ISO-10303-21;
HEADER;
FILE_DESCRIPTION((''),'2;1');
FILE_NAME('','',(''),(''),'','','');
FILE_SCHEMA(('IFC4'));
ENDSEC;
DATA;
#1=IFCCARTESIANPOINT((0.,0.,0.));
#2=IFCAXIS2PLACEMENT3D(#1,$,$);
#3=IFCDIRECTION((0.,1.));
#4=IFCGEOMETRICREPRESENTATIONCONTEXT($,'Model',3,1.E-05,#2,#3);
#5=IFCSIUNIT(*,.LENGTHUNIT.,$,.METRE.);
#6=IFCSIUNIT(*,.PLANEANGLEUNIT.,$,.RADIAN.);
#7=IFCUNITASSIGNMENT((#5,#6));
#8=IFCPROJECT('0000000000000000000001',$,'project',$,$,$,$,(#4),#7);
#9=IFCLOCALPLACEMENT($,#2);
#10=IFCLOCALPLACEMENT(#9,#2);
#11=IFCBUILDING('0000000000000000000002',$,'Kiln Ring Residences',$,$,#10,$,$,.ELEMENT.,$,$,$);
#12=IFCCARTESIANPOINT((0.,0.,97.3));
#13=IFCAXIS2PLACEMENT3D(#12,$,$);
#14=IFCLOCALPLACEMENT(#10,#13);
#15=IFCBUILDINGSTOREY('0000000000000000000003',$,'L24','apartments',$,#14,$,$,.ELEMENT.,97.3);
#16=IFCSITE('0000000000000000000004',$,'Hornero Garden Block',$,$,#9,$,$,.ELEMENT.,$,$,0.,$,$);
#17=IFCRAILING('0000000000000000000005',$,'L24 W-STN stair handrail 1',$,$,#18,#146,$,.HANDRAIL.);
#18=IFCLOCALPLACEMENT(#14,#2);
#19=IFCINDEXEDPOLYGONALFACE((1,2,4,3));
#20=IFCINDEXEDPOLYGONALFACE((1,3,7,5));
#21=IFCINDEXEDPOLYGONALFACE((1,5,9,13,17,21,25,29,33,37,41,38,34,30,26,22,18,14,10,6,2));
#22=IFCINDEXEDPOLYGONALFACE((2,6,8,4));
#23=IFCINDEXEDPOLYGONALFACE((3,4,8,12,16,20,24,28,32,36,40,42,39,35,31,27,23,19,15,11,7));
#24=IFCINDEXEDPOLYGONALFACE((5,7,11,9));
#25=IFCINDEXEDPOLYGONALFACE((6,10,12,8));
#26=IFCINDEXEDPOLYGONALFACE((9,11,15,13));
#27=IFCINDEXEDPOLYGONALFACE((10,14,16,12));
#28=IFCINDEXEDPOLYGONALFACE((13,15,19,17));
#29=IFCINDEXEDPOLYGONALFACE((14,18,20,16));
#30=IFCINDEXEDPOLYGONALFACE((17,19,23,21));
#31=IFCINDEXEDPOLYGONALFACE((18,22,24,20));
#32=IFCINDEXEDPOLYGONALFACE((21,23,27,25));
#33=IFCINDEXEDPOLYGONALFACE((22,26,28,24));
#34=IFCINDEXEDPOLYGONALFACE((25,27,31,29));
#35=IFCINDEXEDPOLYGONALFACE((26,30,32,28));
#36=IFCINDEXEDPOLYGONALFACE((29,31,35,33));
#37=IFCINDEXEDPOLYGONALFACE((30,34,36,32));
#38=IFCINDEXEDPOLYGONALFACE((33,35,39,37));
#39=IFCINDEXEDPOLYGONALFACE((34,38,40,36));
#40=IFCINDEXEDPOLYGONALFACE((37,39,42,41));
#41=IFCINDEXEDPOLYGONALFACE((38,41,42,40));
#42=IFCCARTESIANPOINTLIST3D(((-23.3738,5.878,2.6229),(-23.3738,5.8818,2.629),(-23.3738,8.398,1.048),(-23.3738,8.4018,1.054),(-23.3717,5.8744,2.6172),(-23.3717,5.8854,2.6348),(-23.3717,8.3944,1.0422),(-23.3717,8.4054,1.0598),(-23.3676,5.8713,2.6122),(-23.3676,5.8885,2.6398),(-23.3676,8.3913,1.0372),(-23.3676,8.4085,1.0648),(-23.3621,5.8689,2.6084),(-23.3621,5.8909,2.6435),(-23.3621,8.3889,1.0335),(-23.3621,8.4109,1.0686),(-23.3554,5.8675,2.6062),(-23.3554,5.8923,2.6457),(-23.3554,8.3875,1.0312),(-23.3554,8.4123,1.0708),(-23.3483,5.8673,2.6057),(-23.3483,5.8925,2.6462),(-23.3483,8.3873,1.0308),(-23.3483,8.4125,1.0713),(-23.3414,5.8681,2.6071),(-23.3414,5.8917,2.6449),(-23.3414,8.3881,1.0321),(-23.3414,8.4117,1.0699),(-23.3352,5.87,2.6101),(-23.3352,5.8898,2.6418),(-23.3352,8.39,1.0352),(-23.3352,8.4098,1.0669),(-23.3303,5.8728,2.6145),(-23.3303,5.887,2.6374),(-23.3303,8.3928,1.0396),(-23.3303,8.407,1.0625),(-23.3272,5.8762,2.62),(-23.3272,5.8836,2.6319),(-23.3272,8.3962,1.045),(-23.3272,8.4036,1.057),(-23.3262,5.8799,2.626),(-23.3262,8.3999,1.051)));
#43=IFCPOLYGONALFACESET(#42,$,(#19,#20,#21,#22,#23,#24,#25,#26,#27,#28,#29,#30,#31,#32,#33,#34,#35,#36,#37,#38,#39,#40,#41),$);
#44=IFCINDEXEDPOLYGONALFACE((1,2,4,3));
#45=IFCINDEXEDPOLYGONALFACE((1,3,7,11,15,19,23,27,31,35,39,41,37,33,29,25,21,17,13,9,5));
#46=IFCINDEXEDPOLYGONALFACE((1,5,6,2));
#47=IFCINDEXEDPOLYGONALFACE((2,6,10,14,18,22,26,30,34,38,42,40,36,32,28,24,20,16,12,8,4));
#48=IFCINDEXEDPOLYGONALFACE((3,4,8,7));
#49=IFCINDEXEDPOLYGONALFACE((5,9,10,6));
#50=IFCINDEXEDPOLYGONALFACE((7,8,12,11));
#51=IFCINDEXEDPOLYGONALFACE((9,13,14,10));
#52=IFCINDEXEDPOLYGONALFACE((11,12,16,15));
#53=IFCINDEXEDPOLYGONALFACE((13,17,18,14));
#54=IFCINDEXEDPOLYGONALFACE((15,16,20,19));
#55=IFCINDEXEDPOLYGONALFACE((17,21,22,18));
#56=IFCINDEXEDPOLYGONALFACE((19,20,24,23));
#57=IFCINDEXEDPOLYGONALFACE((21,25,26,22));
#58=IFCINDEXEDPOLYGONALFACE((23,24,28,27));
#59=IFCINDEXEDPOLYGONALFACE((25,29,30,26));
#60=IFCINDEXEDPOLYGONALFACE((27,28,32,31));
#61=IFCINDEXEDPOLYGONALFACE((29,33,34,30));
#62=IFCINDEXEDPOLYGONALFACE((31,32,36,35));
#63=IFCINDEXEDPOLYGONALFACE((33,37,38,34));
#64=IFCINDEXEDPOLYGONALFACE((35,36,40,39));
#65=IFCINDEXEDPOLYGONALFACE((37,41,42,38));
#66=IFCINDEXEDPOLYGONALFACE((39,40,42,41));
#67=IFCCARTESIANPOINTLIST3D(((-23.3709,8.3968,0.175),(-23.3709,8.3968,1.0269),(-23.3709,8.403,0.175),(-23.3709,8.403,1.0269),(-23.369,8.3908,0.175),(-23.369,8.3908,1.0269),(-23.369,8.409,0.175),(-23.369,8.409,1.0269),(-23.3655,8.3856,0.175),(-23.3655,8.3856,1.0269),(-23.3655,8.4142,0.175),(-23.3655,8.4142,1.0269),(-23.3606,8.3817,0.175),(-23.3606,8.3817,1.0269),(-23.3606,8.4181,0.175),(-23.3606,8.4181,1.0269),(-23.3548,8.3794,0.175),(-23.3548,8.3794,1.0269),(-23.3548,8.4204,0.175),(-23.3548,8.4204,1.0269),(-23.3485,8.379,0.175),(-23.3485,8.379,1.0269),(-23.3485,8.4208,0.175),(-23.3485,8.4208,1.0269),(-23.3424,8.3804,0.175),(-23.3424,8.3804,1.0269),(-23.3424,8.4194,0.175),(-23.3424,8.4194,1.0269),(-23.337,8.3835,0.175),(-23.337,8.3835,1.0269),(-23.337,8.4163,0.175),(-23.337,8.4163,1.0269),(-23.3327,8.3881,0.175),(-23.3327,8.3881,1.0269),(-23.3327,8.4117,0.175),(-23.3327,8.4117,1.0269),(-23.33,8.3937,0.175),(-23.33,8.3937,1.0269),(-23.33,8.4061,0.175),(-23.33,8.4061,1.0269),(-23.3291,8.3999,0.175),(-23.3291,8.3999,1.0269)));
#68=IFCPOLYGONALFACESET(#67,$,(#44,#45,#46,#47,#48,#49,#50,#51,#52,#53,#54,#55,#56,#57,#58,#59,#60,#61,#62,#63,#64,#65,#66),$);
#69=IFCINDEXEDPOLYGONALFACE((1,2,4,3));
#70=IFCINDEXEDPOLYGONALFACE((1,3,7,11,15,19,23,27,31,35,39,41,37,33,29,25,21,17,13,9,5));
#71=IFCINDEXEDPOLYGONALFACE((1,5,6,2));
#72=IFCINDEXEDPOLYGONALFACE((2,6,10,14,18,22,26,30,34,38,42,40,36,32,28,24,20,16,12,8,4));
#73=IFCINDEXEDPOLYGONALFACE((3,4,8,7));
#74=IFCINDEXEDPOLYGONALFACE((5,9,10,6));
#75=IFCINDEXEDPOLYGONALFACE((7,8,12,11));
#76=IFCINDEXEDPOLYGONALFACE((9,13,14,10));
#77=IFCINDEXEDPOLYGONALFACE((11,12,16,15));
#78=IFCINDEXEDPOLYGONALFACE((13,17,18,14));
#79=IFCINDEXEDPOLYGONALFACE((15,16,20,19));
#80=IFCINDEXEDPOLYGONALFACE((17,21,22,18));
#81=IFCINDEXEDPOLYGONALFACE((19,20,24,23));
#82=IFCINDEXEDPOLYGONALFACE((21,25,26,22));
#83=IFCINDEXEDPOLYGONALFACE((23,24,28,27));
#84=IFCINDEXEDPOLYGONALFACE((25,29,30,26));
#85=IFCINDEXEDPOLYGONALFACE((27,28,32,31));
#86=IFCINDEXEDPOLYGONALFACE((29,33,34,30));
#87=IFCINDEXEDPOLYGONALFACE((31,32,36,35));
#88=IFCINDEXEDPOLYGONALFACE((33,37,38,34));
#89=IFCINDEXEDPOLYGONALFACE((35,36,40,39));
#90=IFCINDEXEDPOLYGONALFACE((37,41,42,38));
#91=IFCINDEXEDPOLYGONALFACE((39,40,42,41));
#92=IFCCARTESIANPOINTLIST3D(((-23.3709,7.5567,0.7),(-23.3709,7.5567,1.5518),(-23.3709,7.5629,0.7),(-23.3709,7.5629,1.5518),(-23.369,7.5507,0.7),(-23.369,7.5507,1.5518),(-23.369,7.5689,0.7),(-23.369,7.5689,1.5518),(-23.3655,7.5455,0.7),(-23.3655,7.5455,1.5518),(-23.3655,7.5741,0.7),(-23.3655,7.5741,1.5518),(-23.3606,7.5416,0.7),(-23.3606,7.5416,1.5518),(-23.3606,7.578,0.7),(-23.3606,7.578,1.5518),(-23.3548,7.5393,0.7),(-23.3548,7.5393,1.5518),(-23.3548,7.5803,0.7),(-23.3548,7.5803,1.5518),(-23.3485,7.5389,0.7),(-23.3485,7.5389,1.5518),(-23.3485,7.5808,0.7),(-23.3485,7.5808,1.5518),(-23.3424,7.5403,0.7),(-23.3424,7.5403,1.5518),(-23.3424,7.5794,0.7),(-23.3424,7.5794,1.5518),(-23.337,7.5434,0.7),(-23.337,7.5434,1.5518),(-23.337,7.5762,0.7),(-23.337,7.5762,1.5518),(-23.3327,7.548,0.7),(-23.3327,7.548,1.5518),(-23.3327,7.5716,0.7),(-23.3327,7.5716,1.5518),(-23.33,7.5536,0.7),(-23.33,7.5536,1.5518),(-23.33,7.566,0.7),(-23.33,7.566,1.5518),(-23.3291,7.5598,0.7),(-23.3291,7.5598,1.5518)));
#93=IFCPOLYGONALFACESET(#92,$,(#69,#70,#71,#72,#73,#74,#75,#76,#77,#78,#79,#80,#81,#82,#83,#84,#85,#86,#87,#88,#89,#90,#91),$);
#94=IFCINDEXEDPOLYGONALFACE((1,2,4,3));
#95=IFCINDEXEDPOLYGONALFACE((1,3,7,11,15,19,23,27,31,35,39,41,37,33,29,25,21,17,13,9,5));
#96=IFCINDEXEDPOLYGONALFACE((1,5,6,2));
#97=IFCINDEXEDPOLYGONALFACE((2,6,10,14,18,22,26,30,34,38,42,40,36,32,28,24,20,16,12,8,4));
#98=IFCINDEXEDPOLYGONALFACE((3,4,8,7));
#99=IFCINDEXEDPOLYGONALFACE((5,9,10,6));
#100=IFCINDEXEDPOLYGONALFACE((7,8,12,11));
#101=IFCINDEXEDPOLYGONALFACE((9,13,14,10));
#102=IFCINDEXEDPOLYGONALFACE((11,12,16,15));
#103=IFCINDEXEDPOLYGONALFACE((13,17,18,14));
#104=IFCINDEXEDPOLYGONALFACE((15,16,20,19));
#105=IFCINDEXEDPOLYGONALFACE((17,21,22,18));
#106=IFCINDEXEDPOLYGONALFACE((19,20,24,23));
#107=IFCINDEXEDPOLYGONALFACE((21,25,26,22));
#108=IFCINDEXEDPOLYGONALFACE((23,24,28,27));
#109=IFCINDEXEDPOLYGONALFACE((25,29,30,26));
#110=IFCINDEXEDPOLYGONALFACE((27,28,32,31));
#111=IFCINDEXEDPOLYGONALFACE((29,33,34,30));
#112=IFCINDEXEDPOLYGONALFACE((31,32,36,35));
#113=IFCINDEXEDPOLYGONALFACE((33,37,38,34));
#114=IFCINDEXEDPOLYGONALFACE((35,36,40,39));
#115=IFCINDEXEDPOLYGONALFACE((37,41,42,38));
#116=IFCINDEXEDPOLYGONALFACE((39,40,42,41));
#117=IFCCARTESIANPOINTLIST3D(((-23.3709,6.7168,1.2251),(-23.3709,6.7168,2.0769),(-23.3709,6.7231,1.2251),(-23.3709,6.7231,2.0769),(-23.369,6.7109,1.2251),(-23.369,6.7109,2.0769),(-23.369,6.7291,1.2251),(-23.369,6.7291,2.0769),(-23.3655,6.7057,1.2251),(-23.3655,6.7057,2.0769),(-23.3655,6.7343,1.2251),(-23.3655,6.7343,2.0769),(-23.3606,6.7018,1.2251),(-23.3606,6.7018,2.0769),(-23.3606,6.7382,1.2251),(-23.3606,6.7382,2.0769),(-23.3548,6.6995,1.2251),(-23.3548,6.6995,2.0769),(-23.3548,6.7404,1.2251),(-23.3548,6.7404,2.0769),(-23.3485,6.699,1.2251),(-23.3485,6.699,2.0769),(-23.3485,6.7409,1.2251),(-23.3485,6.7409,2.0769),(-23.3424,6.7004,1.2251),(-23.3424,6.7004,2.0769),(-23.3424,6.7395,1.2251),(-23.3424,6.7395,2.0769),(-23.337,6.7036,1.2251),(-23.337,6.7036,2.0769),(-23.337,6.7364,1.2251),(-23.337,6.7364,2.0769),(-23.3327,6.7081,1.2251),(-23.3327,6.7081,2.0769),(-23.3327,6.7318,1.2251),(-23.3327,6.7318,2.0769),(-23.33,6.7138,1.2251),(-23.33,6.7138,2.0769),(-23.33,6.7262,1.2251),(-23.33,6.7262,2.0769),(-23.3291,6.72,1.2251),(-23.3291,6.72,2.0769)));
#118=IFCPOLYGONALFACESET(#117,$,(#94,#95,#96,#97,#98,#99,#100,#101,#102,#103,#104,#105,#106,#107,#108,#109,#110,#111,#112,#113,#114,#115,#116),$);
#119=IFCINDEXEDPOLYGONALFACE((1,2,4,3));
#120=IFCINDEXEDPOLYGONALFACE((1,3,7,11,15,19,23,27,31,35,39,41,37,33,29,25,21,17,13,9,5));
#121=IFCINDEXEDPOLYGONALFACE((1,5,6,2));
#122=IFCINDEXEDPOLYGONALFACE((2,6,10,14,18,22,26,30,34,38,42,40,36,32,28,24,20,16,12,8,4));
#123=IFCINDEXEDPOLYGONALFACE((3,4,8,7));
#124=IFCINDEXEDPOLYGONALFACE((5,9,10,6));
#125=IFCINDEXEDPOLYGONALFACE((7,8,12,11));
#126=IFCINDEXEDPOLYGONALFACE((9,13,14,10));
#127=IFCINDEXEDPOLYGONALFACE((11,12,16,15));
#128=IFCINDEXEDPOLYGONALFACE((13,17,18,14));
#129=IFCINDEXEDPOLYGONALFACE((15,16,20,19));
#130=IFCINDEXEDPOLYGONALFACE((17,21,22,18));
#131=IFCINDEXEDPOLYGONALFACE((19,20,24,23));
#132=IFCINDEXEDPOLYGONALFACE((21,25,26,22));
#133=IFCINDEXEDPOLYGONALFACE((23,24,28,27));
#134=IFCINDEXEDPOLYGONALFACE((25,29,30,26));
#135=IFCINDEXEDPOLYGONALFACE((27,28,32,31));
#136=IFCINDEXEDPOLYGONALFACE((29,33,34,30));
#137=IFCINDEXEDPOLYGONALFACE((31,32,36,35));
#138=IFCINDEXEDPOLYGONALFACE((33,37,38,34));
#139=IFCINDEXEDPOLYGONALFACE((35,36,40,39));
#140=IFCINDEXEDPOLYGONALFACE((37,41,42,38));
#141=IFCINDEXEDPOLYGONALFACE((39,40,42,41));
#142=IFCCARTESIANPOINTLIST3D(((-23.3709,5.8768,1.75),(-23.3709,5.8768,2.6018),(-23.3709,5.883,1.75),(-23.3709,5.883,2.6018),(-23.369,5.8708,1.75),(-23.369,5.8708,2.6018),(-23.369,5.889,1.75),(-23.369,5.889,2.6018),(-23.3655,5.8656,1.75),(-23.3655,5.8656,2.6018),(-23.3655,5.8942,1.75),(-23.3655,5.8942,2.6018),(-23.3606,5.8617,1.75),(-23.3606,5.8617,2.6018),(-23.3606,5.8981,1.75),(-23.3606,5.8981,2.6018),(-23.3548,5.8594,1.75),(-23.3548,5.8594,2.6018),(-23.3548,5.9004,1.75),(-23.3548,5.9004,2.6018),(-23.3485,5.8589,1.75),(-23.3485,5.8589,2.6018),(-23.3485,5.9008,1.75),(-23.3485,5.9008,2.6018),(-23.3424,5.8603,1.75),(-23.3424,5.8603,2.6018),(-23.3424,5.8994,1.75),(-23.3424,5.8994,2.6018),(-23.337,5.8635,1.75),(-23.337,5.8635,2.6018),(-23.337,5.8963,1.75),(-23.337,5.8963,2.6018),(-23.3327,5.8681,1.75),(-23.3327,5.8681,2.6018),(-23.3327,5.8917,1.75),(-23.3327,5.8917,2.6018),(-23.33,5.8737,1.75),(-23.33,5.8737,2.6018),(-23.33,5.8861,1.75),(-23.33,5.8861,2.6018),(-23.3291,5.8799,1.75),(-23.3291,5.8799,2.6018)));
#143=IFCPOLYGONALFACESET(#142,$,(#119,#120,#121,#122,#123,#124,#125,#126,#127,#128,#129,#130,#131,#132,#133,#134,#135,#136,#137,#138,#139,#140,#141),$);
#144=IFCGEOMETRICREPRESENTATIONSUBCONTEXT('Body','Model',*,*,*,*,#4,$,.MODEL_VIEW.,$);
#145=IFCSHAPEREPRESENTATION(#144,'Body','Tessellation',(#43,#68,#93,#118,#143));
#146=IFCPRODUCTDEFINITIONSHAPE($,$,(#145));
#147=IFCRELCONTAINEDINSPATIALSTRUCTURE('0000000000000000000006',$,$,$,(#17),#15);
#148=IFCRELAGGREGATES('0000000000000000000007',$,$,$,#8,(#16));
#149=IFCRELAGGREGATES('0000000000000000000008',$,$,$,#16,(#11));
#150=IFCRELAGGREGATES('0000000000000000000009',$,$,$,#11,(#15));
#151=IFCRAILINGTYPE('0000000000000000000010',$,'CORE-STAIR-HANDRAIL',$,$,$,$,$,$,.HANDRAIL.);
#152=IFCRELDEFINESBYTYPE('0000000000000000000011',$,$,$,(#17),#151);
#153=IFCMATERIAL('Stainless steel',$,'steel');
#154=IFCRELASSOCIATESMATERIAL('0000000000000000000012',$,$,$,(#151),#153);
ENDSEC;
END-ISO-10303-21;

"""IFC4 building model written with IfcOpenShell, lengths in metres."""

from ifc_helpers import new_model, si_unit, direction, frame, origin, origin_2d, place, context, subcontext, project, spatial, circle, extrude, material, type_object, element, save


model = new_model("IFC4")

# Units and contexts
model_context = context("Model", 3, precision=1e-05, world=origin(), true_north=direction((0.0, 1.0)))
body_context = subcontext(model_context, "Body", "Model", "MODEL_VIEW")
ifc_project = project(units=[si_unit("LENGTHUNIT", "METRE"), si_unit("PLANEANGLEUNIT", "RADIAN")], contexts=[model_context])

# Site, building, storey
site_placement = place(None, origin())
site = spatial("IfcSite", under=ifc_project, at=site_placement, Name="Hornero Garden Block", CompositionType="ELEMENT", RefElevation=0.0)
building_placement = place(site_placement, origin())
building = spatial("IfcBuilding", under=site, at=building_placement, Name="Kiln Ring Residences", CompositionType="ELEMENT")
storey_placement = place(building_placement, frame((0.0, 0.0, 97.3)))
storey = spatial("IfcBuildingStorey", under=building, at=storey_placement, Name="L24", Description="apartments", CompositionType="ELEMENT", Elevation=97.3)

# Railing
ifc_material_1 = material(Name="Stainless steel", Category="steel")
railing_type_1 = type_object("IfcRailingType", Name="CORE-STAIR-HANDRAIL", PredefinedType="HANDRAIL", material=ifc_material_1)
railing_1_placement = place(storey_placement, frame((-23.3501, 8.3999, 0.175)))
element("IfcRailing", 1, at=railing_1_placement, inside=storey, type_object=railing_type_1, Name="L24 W-STN stair handrail 1", PredefinedType="HANDRAIL", context=body_context, shape_type="SweptSolid", body=[
    extrude(circle(Radius=0.0239, at=origin_2d()), frame((0.0, 0.0, 0.876), z_axis=(0.0, -0.848008, 0.529984), x_axis=(1.0, 0.0, 0.0)), (0.0, 0.0, 1.0), 2.9717),
    extrude(circle(Radius=0.021, at=origin_2d()), origin(), (0.0, 0.0, 1.0), 0.8518),
    extrude(circle(Radius=0.021, at=origin_2d()), frame((0.0, -0.8401, 0.5249)), (0.0, 0.0, 1.0), 0.8518),
    extrude(circle(Radius=0.021, at=origin_2d()), frame((0.0, -1.6799, 1.05)), (0.0, 0.0, 1.0), 0.8518),
    extrude(circle(Radius=0.021, at=origin_2d()), frame((0.0, -2.52, 1.575)), (0.0, 0.0, 1.0), 0.8518),
])

save(model, "model.ifc")
